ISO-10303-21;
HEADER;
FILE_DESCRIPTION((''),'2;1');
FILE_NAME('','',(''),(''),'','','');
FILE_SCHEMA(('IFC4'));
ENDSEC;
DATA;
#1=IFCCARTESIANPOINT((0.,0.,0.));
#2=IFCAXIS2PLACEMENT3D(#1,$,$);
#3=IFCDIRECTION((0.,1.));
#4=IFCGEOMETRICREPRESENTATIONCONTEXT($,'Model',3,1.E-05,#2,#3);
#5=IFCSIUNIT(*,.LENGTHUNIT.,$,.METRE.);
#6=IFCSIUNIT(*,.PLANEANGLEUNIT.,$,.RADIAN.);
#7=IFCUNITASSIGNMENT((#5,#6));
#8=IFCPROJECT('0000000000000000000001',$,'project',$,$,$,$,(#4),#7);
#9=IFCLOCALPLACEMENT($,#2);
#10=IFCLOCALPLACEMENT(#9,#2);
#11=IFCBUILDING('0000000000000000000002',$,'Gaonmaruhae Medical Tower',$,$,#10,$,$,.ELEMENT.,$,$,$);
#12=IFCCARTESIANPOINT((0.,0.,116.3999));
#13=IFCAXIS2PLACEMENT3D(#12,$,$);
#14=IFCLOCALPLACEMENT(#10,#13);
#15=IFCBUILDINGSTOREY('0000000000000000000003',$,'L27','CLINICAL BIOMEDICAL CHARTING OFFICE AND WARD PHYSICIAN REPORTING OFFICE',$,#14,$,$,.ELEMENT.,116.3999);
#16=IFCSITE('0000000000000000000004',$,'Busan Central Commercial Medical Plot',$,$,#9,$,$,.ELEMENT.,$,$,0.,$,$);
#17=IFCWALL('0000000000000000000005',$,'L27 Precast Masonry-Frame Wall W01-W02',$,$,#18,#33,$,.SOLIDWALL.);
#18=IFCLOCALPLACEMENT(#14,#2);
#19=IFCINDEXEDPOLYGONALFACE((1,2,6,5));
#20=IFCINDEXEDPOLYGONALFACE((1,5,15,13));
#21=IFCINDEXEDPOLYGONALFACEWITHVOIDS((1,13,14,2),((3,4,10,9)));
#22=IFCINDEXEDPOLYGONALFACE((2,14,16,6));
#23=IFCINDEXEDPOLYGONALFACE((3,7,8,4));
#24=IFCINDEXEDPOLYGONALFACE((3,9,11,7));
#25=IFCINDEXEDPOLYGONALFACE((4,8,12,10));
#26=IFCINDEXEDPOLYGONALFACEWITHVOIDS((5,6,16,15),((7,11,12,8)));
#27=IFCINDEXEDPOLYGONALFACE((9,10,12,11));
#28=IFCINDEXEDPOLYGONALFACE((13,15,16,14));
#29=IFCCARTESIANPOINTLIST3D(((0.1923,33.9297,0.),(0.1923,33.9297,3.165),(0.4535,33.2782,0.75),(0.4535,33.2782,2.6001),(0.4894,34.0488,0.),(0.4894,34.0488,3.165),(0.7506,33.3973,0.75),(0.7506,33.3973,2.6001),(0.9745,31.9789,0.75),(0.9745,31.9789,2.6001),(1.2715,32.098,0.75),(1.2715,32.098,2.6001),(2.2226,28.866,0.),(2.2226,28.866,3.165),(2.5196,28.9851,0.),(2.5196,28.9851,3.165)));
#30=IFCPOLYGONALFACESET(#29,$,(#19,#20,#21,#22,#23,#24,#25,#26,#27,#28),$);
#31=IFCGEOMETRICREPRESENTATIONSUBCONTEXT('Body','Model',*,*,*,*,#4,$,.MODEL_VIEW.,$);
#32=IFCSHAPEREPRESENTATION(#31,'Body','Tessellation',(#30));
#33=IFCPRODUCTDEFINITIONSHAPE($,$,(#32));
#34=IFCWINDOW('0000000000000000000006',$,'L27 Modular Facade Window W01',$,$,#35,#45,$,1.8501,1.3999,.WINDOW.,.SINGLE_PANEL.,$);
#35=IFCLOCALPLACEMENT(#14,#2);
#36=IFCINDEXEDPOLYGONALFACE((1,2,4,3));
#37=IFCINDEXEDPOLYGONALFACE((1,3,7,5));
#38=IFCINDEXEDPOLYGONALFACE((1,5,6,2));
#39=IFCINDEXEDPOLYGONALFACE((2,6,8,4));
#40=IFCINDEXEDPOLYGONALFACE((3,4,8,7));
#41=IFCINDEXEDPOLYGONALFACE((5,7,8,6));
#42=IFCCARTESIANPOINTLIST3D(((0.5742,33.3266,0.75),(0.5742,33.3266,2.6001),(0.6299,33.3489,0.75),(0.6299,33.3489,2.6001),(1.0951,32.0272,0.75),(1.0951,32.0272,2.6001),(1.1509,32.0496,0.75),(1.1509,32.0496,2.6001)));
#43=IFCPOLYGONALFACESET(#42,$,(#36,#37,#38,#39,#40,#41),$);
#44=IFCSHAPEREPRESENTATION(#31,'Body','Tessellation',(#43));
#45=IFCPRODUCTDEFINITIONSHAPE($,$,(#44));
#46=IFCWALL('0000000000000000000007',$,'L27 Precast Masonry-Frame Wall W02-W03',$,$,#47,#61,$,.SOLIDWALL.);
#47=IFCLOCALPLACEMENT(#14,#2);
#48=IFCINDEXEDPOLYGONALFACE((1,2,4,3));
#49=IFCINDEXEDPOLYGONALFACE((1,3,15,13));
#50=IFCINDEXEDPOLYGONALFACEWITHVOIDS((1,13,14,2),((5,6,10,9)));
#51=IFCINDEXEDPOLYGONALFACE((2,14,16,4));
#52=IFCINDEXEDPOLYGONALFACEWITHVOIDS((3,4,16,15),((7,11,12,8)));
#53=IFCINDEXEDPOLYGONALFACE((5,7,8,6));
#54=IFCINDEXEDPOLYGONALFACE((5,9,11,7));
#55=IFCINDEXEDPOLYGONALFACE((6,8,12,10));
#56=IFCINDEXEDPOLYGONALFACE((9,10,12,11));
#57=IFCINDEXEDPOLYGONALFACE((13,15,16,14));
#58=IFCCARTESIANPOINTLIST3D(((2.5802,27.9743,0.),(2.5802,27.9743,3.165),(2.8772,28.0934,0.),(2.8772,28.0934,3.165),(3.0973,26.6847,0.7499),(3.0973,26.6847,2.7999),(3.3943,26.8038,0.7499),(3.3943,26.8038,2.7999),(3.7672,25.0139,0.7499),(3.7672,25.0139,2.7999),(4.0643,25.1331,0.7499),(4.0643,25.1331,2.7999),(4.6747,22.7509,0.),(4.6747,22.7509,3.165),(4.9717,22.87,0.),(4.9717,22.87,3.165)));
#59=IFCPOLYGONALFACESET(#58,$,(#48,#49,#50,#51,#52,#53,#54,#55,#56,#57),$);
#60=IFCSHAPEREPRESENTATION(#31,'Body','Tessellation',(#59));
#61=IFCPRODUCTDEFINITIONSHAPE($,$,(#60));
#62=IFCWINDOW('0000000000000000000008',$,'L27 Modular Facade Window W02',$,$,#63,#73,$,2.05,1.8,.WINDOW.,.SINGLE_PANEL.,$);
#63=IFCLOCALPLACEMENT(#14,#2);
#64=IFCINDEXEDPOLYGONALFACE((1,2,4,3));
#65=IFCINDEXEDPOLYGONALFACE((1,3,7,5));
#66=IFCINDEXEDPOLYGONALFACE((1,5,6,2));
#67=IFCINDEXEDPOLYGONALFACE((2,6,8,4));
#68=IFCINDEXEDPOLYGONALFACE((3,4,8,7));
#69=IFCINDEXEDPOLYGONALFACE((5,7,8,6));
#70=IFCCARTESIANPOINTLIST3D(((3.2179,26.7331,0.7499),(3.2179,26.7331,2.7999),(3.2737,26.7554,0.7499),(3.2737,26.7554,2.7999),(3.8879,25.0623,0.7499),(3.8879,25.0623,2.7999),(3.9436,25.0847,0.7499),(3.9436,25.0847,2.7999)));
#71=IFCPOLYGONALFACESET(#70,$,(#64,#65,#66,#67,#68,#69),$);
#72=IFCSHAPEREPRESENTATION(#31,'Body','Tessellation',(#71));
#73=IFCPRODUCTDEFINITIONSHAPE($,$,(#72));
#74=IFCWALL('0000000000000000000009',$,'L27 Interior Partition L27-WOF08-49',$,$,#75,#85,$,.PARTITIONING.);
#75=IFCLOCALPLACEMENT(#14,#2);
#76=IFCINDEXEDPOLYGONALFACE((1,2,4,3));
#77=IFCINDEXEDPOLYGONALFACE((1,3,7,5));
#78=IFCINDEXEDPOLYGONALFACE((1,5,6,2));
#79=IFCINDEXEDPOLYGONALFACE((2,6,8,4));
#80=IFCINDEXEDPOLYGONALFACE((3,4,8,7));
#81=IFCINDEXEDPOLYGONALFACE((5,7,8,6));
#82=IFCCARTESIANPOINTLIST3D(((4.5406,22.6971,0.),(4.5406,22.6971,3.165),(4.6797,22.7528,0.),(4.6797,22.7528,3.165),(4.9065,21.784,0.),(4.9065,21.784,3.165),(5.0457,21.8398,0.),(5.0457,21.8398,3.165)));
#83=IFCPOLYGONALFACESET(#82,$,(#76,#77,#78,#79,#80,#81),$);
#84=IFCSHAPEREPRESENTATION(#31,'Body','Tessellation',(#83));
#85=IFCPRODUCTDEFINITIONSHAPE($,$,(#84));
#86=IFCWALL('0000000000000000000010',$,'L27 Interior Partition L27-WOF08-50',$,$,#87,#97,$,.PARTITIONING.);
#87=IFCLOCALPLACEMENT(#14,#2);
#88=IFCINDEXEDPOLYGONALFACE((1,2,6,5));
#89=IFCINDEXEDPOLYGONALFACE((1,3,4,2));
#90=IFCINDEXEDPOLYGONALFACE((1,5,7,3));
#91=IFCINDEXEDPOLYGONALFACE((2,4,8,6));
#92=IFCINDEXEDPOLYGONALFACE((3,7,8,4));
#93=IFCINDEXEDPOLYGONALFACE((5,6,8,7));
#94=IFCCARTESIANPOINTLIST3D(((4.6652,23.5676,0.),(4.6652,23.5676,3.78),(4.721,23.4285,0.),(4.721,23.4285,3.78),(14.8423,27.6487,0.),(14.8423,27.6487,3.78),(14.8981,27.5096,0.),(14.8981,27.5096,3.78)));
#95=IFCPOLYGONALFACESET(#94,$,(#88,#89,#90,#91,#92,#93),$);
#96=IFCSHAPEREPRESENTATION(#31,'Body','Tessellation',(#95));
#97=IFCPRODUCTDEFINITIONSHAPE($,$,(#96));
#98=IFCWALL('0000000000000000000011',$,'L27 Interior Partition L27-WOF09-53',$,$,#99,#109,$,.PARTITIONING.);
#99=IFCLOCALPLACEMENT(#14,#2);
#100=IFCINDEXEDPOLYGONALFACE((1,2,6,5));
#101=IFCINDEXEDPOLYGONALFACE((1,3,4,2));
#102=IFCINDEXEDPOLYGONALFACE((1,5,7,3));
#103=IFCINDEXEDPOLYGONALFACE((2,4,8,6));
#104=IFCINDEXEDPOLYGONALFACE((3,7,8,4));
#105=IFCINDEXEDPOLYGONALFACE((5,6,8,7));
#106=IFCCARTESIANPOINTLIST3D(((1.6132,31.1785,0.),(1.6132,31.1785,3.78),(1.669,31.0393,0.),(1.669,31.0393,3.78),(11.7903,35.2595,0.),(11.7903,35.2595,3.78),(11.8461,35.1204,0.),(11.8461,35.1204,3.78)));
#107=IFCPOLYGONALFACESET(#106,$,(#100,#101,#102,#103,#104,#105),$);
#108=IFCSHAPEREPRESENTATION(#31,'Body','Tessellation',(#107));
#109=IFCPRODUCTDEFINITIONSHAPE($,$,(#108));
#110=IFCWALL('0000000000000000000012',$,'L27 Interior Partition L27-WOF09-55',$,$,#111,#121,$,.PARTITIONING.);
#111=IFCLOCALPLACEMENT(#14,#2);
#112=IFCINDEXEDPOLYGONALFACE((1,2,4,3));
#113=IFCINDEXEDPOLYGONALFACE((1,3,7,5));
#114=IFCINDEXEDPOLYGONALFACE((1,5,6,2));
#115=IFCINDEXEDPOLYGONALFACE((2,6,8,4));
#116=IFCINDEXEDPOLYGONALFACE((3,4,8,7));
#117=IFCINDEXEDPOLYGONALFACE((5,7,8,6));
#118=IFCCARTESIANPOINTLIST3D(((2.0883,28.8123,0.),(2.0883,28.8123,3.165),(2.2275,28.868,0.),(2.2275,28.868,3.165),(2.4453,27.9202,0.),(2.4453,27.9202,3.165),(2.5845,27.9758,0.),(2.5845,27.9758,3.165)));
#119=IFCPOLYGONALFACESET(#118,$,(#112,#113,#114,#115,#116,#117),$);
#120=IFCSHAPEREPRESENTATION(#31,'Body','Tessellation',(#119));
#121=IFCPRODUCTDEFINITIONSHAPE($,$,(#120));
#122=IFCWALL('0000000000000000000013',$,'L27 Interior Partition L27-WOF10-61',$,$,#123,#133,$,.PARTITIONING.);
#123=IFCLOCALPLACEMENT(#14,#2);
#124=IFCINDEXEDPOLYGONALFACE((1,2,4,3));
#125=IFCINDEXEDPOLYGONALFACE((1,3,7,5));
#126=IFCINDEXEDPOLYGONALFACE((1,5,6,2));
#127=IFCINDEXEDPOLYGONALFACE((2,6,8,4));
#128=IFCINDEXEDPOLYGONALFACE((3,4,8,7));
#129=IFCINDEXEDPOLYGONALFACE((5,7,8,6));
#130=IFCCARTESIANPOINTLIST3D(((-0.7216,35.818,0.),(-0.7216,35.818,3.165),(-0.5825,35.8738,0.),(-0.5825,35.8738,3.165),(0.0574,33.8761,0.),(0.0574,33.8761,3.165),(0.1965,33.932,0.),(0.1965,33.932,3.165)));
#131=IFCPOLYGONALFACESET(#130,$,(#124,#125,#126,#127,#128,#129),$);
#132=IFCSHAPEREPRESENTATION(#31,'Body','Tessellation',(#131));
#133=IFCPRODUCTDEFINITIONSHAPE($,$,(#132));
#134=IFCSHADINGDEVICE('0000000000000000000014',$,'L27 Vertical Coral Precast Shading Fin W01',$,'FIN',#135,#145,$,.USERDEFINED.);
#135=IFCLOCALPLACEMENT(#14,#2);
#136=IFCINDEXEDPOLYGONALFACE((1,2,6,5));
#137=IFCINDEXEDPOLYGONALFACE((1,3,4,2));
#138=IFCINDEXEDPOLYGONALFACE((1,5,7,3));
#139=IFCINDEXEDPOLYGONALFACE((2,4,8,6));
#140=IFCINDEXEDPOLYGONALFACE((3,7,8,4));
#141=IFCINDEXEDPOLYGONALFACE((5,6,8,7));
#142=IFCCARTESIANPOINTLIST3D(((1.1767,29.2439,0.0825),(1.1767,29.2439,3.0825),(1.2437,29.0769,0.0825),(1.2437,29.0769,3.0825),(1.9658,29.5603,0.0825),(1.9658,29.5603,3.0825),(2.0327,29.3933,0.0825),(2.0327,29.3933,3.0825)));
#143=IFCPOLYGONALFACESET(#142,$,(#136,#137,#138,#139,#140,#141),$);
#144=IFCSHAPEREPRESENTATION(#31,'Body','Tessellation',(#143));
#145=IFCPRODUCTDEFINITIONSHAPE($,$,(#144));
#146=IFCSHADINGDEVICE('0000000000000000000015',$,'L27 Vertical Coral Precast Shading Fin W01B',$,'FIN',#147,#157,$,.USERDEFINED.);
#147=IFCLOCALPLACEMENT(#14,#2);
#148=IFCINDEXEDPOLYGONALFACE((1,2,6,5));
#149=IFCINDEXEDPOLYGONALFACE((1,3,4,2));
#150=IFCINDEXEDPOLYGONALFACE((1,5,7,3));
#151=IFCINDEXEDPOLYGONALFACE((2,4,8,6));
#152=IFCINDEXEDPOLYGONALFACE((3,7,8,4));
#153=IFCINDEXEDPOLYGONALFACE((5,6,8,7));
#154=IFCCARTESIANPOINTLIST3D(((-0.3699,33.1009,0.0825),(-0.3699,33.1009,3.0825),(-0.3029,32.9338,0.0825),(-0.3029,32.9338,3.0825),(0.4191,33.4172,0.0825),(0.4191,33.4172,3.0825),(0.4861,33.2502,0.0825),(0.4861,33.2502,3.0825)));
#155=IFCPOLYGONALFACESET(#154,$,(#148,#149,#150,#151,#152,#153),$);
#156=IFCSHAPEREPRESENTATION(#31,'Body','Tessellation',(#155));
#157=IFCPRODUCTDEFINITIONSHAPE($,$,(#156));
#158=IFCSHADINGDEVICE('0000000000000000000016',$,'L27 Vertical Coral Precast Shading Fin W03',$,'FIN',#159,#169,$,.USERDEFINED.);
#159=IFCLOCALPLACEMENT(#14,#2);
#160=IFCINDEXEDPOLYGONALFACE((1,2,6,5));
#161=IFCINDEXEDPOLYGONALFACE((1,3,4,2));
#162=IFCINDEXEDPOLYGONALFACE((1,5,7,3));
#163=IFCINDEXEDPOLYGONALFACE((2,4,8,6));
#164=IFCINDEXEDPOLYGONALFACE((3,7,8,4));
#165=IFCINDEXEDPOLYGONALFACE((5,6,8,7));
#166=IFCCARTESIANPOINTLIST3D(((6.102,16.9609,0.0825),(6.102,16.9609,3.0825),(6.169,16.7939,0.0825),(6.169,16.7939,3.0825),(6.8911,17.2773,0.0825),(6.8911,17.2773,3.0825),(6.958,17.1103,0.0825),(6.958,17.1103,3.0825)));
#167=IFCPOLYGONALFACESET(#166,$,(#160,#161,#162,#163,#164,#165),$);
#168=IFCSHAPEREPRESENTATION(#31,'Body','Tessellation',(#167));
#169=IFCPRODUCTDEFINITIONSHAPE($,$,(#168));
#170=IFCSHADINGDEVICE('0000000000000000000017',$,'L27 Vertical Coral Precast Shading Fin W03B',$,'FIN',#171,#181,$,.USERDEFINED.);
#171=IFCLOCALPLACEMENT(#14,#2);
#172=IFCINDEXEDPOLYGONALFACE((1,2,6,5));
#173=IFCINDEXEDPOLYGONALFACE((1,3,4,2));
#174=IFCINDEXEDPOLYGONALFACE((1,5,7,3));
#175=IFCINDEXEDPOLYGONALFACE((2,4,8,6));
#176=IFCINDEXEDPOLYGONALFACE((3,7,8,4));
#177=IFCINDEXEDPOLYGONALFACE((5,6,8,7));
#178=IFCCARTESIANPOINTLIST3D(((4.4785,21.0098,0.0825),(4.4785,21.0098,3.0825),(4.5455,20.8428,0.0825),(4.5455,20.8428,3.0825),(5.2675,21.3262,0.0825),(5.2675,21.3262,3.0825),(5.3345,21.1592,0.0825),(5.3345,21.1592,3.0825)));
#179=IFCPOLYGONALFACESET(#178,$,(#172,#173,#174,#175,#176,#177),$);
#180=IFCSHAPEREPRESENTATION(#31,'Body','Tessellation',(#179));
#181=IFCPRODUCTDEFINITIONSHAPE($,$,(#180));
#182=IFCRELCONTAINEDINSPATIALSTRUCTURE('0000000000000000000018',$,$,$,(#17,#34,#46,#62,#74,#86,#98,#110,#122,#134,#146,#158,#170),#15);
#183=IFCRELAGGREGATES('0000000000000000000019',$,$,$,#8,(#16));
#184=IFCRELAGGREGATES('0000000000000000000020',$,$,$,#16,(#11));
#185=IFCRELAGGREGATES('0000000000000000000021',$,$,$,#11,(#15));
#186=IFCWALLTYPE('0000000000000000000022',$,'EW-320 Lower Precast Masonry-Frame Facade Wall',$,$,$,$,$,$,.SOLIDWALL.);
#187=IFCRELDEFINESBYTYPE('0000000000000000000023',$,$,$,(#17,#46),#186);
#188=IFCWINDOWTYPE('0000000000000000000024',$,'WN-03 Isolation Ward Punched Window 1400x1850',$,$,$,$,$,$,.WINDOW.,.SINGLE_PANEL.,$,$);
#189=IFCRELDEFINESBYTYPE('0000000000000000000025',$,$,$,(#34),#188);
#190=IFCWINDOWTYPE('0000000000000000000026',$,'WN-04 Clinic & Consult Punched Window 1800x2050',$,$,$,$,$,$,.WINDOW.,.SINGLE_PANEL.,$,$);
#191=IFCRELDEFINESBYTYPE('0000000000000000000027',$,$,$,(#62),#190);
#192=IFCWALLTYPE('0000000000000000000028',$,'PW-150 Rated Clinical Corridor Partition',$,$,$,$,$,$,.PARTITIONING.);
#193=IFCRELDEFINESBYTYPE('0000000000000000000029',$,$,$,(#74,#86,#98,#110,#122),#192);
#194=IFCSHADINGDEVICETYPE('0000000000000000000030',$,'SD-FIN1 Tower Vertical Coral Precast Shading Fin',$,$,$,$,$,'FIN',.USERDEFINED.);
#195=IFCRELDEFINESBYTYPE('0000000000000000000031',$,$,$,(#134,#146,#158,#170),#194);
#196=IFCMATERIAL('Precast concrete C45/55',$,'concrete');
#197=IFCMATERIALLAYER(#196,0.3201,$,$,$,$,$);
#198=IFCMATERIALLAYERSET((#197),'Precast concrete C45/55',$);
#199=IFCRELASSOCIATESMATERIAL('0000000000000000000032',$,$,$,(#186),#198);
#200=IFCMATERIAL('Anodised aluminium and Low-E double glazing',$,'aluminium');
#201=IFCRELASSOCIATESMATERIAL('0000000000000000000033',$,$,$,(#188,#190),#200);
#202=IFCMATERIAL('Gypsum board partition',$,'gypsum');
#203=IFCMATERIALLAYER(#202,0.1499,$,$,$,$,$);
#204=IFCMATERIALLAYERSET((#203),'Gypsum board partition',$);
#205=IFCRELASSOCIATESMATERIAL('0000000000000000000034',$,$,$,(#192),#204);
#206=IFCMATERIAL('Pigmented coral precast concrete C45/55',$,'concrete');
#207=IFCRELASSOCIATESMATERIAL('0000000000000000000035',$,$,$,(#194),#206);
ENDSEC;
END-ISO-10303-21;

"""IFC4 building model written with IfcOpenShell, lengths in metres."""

from ifc_helpers import new_model, si_unit, direction, frame, frame_2d, origin, origin_2d, place, context, subcontext, project, spatial, rectangle, extrude, material, layer, layer_set, type_object, element, fill, save


model = new_model("IFC4")

# Units and contexts
model_context = context("Model", 3, precision=1e-05, world=origin(), true_north=direction((0.0, 1.0)))
body_context = subcontext(model_context, "Body", "Model", "MODEL_VIEW")
ifc_project = project(units=[si_unit("LENGTHUNIT", "METRE"), si_unit("PLANEANGLEUNIT", "RADIAN")], contexts=[model_context])

# Site, building, storey
site_placement = place(None, origin())
site = spatial("IfcSite", under=ifc_project, at=site_placement, Name="Busan Central Commercial Medical Plot", CompositionType="ELEMENT", RefElevation=0.0)
building_placement = place(site_placement, origin())
building = spatial("IfcBuilding", under=site, at=building_placement, Name="Gaonmaruhae Medical Tower", CompositionType="ELEMENT")
storey_placement = place(building_placement, frame((0.0, 0.0, 116.3999)))
storey = spatial("IfcBuildingStorey", under=building, at=storey_placement, Name="L27", Description="CLINICAL BIOMEDICAL CHARTING OFFICE AND WARD PHYSICIAN REPORTING OFFICE", CompositionType="ELEMENT", Elevation=116.3999)

# Walls, openings, windows
ifc_material_1 = material(Name="Precast concrete C45/55", Category="concrete")
ifc_layer_1 = layer(ifc_material_1, 0.3201)
ifc_layer_set_1 = layer_set([ifc_layer_1], Name="Precast concrete C45/55")
wall_type_1 = type_object("IfcWallType", Name="EW-320 Lower Precast Masonry-Frame Facade Wall", PredefinedType="SOLIDWALL", material=ifc_layer_set_1)
wall_1_placement = place(storey_placement, frame((2.3711, 28.9255, 0.0), z_axis=(0.0, 0.0, 1.0), x_axis=(-0.372147, 0.928174, 0.0)))
wall_1 = element("IfcWall", 1, at=wall_1_placement, inside=storey, type_object=wall_type_1, Name="L27 Precast Masonry-Frame Wall W01-W02", PredefinedType="SOLIDWALL", context=body_context, shape_type="SweptSolid", body=[
    extrude(rectangle(XDim=5.4556, YDim=0.3201, at=frame_2d((2.7278, 0.0))), origin(), (0.0, 0.0, 1.0), 3.165),
])
opening_1_placement = place(wall_1_placement, frame((3.3538, 0.0, 0.75)))
opening_1 = element("IfcOpeningElement", 2, at=opening_1_placement, cuts=wall_1, PredefinedType="OPENING", context=body_context, shape_type="SweptSolid", body=[
    extrude(rectangle(XDim=1.3999, YDim=1.8501, at=frame_2d((0.7, 0.925))), frame((0.0, 0.1699, 0.0), z_axis=(0.0, -1.0, 0.0), x_axis=(1.0, 0.0, 0.0)), (0.0, 0.0, 1.0), 0.3401),
])
ifc_material_2 = material(Name="Anodised aluminium and Low-E double glazing", Category="aluminium")
window_type_1 = type_object("IfcWindowType", Name="WN-03 Isolation Ward Punched Window 1400x1850", PartitioningType="SINGLE_PANEL", PredefinedType="WINDOW", material=ifc_material_2)
window_1_placement = place(opening_1_placement, origin())
window_1 = element("IfcWindow", 3, at=window_1_placement, inside=storey, type_object=window_type_1, Name="L27 Modular Facade Window W01", OverallHeight=1.8501, OverallWidth=1.3999, PartitioningType="SINGLE_PANEL", PredefinedType="WINDOW", context=body_context, shape_type="SweptSolid", body=[
    extrude(rectangle(XDim=1.3999, YDim=1.8501, at=frame_2d((0.7, 0.925))), frame((0.0, 0.03, 0.0), z_axis=(0.0, -1.0, 0.0), x_axis=(1.0, 0.0, 0.0)), (0.0, 0.0, 1.0), 0.0601),
])
fill(opening_1, window_1)
wall_2_placement = place(storey_placement, frame((4.8232, 22.8103, 0.0), z_axis=(0.0, 0.0, 1.0), x_axis=(-0.372176, 0.928162, 0.0)))
wall_2 = element("IfcWall", 4, at=wall_2_placement, inside=storey, type_object=wall_type_1, Name="L27 Precast Masonry-Frame Wall W02-W03", PredefinedType="SOLIDWALL", context=body_context, shape_type="SweptSolid", body=[
    extrude(rectangle(XDim=5.6277, YDim=0.3201, at=frame_2d((2.814, 0.0))), origin(), (0.0, 0.0, 1.0), 3.165),
])
opening_2_placement = place(wall_2_placement, frame((2.4385, 0.0, 0.75)))
opening_2 = element("IfcOpeningElement", 5, at=opening_2_placement, cuts=wall_2, PredefinedType="OPENING", context=body_context, shape_type="SweptSolid", body=[
    extrude(rectangle(XDim=1.8, YDim=2.05, at=frame_2d((0.8999, 1.0249))), frame((0.0, 0.1699, 0.0), z_axis=(0.0, -1.0, 0.0), x_axis=(1.0, 0.0, 0.0)), (0.0, 0.0, 1.0), 0.3401),
])
window_type_2 = type_object("IfcWindowType", Name="WN-04 Clinic & Consult Punched Window 1800x2050", PartitioningType="SINGLE_PANEL", PredefinedType="WINDOW", material=ifc_material_2)
window_2_placement = place(opening_2_placement, origin())
window_2 = element("IfcWindow", 6, at=window_2_placement, inside=storey, type_object=window_type_2, Name="L27 Modular Facade Window W02", OverallHeight=2.05, OverallWidth=1.8, PartitioningType="SINGLE_PANEL", PredefinedType="WINDOW", context=body_context, shape_type="SweptSolid", body=[
    extrude(rectangle(XDim=1.8, YDim=2.05, at=frame_2d((0.8999, 1.0249))), frame((0.0, 0.03, 0.0), z_axis=(0.0, -1.0, 0.0), x_axis=(1.0, 0.0, 0.0)), (0.0, 0.0, 1.0), 0.0601),
])
fill(opening_2, window_2)

# Walls
ifc_material_3 = material(Name="Gypsum board partition", Category="gypsum")
ifc_layer_2 = layer(ifc_material_3, 0.1499)
ifc_layer_set_2 = layer_set([ifc_layer_2], Name="Gypsum board partition")
wall_type_2 = type_object("IfcWallType", Name="PW-150 Rated Clinical Corridor Partition", PredefinedType="PARTITIONING", material=ifc_layer_set_2)
wall_3_placement = place(storey_placement, frame((4.9761, 21.812, 0.0), z_axis=(0.0, 0.0, 1.0), x_axis=(-0.372032, 0.92822, 0.0)))
element("IfcWall", 7, at=wall_3_placement, inside=storey, type_object=wall_type_2, Name="L27 Interior Partition L27-WOF08-49", PredefinedType="PARTITIONING", context=body_context, shape_type="SweptSolid", body=[
    extrude(rectangle(XDim=0.9836, YDim=0.1499, at=frame_2d((0.4917, 0.0))), origin(), (0.0, 0.0, 1.0), 3.165),
])
for number, where, z_axis, x_axis, name in (
    (8, (4.6931, 23.498, 0.0), (0.0, 0.0, 1.0), (0.928154, 0.372197, 0.0), "L27 Interior Partition L27-WOF08-50"),
    (9, (1.6411, 31.1089, 0.0), (0.0, 0.0, 1.0), (0.928154, 0.372197, 0.0), "L27 Interior Partition L27-WOF09-53"),
):
    element("IfcWall", number, at=place(storey_placement, frame(where, z_axis=z_axis, x_axis=x_axis)), inside=storey, type_object=wall_type_2, Name=name, PredefinedType="PARTITIONING", context=body_context, shape_type="SweptSolid", body=[
        extrude(rectangle(XDim=10.9648, YDim=0.1499, at=frame_2d((5.4824, 0.0))), origin(), (0.0, 0.0, 1.0), 3.78),
    ])
wall_4_placement = place(storey_placement, frame((2.5149, 27.948, 0.0), z_axis=(0.0, 0.0, 1.0), x_axis=(-0.371478, 0.928442, 0.0)))
element("IfcWall", 10, at=wall_4_placement, inside=storey, type_object=wall_type_2, Name="L27 Interior Partition L27-WOF09-55", PredefinedType="PARTITIONING", context=body_context, shape_type="SweptSolid", body=[
    extrude(rectangle(XDim=0.9609, YDim=0.1499, at=frame_2d((0.4805, 0.0))), origin(), (0.0, 0.0, 1.0), 3.165),
])
wall_5_placement = place(storey_placement, frame((0.127, 33.9041, 0.0), z_axis=(0.0, 0.0, 1.0), x_axis=(-0.372336, 0.928098, 0.0)))
element("IfcWall", 11, at=wall_5_placement, inside=storey, type_object=wall_type_2, Name="L27 Interior Partition L27-WOF10-61", PredefinedType="PARTITIONING", context=body_context, shape_type="SweptSolid", body=[
    extrude(rectangle(XDim=2.0923, YDim=0.1499, at=frame_2d((1.0461, 0.0))), origin(), (0.0, 0.0, 1.0), 3.165),
])

# Shading devices
ifc_material_4 = material(Name="Pigmented coral precast concrete C45/55", Category="concrete")
shading_device_type = type_object("IfcShadingDeviceType", Name="SD-FIN1 Tower Vertical Coral Precast Shading Fin", ElementType="FIN", PredefinedType="USERDEFINED", material=ifc_material_4)
for number, where, z_axis, x_axis, name in (
    (12, (1.6047, 29.3186, 0.0825), (0.0, 0.0, 1.0), (-0.372162, 0.928168, 0.0), "L27 Vertical Coral Precast Shading Fin W01"),
    (13, (0.0581, 33.1755, 0.0825), (0.0, 0.0, 1.0), (-0.372162, 0.928168, 0.0), "L27 Vertical Coral Precast Shading Fin W01B"),
    (14, (6.53, 17.0356, 0.0825), (0.0, 0.0, 1.0), (-0.372194, 0.928155, 0.0), "L27 Vertical Coral Precast Shading Fin W03"),
    (15, (4.9065, 21.0845, 0.0825), (0.0, 0.0, 1.0), (-0.372194, 0.928155, 0.0), "L27 Vertical Coral Precast Shading Fin W03B"),
):
    element("IfcShadingDevice", number, at=place(storey_placement, frame(where, z_axis=z_axis, x_axis=x_axis)), inside=storey, type_object=shading_device_type, Name=name, ObjectType="FIN", PredefinedType="USERDEFINED", context=body_context, shape_type="SweptSolid", body=[
        extrude(rectangle(XDim=0.1799, YDim=0.8501, at=origin_2d()), origin(), (0.0, 0.0, 1.0), 3.0),
    ])

save(model, "model.ifc")
